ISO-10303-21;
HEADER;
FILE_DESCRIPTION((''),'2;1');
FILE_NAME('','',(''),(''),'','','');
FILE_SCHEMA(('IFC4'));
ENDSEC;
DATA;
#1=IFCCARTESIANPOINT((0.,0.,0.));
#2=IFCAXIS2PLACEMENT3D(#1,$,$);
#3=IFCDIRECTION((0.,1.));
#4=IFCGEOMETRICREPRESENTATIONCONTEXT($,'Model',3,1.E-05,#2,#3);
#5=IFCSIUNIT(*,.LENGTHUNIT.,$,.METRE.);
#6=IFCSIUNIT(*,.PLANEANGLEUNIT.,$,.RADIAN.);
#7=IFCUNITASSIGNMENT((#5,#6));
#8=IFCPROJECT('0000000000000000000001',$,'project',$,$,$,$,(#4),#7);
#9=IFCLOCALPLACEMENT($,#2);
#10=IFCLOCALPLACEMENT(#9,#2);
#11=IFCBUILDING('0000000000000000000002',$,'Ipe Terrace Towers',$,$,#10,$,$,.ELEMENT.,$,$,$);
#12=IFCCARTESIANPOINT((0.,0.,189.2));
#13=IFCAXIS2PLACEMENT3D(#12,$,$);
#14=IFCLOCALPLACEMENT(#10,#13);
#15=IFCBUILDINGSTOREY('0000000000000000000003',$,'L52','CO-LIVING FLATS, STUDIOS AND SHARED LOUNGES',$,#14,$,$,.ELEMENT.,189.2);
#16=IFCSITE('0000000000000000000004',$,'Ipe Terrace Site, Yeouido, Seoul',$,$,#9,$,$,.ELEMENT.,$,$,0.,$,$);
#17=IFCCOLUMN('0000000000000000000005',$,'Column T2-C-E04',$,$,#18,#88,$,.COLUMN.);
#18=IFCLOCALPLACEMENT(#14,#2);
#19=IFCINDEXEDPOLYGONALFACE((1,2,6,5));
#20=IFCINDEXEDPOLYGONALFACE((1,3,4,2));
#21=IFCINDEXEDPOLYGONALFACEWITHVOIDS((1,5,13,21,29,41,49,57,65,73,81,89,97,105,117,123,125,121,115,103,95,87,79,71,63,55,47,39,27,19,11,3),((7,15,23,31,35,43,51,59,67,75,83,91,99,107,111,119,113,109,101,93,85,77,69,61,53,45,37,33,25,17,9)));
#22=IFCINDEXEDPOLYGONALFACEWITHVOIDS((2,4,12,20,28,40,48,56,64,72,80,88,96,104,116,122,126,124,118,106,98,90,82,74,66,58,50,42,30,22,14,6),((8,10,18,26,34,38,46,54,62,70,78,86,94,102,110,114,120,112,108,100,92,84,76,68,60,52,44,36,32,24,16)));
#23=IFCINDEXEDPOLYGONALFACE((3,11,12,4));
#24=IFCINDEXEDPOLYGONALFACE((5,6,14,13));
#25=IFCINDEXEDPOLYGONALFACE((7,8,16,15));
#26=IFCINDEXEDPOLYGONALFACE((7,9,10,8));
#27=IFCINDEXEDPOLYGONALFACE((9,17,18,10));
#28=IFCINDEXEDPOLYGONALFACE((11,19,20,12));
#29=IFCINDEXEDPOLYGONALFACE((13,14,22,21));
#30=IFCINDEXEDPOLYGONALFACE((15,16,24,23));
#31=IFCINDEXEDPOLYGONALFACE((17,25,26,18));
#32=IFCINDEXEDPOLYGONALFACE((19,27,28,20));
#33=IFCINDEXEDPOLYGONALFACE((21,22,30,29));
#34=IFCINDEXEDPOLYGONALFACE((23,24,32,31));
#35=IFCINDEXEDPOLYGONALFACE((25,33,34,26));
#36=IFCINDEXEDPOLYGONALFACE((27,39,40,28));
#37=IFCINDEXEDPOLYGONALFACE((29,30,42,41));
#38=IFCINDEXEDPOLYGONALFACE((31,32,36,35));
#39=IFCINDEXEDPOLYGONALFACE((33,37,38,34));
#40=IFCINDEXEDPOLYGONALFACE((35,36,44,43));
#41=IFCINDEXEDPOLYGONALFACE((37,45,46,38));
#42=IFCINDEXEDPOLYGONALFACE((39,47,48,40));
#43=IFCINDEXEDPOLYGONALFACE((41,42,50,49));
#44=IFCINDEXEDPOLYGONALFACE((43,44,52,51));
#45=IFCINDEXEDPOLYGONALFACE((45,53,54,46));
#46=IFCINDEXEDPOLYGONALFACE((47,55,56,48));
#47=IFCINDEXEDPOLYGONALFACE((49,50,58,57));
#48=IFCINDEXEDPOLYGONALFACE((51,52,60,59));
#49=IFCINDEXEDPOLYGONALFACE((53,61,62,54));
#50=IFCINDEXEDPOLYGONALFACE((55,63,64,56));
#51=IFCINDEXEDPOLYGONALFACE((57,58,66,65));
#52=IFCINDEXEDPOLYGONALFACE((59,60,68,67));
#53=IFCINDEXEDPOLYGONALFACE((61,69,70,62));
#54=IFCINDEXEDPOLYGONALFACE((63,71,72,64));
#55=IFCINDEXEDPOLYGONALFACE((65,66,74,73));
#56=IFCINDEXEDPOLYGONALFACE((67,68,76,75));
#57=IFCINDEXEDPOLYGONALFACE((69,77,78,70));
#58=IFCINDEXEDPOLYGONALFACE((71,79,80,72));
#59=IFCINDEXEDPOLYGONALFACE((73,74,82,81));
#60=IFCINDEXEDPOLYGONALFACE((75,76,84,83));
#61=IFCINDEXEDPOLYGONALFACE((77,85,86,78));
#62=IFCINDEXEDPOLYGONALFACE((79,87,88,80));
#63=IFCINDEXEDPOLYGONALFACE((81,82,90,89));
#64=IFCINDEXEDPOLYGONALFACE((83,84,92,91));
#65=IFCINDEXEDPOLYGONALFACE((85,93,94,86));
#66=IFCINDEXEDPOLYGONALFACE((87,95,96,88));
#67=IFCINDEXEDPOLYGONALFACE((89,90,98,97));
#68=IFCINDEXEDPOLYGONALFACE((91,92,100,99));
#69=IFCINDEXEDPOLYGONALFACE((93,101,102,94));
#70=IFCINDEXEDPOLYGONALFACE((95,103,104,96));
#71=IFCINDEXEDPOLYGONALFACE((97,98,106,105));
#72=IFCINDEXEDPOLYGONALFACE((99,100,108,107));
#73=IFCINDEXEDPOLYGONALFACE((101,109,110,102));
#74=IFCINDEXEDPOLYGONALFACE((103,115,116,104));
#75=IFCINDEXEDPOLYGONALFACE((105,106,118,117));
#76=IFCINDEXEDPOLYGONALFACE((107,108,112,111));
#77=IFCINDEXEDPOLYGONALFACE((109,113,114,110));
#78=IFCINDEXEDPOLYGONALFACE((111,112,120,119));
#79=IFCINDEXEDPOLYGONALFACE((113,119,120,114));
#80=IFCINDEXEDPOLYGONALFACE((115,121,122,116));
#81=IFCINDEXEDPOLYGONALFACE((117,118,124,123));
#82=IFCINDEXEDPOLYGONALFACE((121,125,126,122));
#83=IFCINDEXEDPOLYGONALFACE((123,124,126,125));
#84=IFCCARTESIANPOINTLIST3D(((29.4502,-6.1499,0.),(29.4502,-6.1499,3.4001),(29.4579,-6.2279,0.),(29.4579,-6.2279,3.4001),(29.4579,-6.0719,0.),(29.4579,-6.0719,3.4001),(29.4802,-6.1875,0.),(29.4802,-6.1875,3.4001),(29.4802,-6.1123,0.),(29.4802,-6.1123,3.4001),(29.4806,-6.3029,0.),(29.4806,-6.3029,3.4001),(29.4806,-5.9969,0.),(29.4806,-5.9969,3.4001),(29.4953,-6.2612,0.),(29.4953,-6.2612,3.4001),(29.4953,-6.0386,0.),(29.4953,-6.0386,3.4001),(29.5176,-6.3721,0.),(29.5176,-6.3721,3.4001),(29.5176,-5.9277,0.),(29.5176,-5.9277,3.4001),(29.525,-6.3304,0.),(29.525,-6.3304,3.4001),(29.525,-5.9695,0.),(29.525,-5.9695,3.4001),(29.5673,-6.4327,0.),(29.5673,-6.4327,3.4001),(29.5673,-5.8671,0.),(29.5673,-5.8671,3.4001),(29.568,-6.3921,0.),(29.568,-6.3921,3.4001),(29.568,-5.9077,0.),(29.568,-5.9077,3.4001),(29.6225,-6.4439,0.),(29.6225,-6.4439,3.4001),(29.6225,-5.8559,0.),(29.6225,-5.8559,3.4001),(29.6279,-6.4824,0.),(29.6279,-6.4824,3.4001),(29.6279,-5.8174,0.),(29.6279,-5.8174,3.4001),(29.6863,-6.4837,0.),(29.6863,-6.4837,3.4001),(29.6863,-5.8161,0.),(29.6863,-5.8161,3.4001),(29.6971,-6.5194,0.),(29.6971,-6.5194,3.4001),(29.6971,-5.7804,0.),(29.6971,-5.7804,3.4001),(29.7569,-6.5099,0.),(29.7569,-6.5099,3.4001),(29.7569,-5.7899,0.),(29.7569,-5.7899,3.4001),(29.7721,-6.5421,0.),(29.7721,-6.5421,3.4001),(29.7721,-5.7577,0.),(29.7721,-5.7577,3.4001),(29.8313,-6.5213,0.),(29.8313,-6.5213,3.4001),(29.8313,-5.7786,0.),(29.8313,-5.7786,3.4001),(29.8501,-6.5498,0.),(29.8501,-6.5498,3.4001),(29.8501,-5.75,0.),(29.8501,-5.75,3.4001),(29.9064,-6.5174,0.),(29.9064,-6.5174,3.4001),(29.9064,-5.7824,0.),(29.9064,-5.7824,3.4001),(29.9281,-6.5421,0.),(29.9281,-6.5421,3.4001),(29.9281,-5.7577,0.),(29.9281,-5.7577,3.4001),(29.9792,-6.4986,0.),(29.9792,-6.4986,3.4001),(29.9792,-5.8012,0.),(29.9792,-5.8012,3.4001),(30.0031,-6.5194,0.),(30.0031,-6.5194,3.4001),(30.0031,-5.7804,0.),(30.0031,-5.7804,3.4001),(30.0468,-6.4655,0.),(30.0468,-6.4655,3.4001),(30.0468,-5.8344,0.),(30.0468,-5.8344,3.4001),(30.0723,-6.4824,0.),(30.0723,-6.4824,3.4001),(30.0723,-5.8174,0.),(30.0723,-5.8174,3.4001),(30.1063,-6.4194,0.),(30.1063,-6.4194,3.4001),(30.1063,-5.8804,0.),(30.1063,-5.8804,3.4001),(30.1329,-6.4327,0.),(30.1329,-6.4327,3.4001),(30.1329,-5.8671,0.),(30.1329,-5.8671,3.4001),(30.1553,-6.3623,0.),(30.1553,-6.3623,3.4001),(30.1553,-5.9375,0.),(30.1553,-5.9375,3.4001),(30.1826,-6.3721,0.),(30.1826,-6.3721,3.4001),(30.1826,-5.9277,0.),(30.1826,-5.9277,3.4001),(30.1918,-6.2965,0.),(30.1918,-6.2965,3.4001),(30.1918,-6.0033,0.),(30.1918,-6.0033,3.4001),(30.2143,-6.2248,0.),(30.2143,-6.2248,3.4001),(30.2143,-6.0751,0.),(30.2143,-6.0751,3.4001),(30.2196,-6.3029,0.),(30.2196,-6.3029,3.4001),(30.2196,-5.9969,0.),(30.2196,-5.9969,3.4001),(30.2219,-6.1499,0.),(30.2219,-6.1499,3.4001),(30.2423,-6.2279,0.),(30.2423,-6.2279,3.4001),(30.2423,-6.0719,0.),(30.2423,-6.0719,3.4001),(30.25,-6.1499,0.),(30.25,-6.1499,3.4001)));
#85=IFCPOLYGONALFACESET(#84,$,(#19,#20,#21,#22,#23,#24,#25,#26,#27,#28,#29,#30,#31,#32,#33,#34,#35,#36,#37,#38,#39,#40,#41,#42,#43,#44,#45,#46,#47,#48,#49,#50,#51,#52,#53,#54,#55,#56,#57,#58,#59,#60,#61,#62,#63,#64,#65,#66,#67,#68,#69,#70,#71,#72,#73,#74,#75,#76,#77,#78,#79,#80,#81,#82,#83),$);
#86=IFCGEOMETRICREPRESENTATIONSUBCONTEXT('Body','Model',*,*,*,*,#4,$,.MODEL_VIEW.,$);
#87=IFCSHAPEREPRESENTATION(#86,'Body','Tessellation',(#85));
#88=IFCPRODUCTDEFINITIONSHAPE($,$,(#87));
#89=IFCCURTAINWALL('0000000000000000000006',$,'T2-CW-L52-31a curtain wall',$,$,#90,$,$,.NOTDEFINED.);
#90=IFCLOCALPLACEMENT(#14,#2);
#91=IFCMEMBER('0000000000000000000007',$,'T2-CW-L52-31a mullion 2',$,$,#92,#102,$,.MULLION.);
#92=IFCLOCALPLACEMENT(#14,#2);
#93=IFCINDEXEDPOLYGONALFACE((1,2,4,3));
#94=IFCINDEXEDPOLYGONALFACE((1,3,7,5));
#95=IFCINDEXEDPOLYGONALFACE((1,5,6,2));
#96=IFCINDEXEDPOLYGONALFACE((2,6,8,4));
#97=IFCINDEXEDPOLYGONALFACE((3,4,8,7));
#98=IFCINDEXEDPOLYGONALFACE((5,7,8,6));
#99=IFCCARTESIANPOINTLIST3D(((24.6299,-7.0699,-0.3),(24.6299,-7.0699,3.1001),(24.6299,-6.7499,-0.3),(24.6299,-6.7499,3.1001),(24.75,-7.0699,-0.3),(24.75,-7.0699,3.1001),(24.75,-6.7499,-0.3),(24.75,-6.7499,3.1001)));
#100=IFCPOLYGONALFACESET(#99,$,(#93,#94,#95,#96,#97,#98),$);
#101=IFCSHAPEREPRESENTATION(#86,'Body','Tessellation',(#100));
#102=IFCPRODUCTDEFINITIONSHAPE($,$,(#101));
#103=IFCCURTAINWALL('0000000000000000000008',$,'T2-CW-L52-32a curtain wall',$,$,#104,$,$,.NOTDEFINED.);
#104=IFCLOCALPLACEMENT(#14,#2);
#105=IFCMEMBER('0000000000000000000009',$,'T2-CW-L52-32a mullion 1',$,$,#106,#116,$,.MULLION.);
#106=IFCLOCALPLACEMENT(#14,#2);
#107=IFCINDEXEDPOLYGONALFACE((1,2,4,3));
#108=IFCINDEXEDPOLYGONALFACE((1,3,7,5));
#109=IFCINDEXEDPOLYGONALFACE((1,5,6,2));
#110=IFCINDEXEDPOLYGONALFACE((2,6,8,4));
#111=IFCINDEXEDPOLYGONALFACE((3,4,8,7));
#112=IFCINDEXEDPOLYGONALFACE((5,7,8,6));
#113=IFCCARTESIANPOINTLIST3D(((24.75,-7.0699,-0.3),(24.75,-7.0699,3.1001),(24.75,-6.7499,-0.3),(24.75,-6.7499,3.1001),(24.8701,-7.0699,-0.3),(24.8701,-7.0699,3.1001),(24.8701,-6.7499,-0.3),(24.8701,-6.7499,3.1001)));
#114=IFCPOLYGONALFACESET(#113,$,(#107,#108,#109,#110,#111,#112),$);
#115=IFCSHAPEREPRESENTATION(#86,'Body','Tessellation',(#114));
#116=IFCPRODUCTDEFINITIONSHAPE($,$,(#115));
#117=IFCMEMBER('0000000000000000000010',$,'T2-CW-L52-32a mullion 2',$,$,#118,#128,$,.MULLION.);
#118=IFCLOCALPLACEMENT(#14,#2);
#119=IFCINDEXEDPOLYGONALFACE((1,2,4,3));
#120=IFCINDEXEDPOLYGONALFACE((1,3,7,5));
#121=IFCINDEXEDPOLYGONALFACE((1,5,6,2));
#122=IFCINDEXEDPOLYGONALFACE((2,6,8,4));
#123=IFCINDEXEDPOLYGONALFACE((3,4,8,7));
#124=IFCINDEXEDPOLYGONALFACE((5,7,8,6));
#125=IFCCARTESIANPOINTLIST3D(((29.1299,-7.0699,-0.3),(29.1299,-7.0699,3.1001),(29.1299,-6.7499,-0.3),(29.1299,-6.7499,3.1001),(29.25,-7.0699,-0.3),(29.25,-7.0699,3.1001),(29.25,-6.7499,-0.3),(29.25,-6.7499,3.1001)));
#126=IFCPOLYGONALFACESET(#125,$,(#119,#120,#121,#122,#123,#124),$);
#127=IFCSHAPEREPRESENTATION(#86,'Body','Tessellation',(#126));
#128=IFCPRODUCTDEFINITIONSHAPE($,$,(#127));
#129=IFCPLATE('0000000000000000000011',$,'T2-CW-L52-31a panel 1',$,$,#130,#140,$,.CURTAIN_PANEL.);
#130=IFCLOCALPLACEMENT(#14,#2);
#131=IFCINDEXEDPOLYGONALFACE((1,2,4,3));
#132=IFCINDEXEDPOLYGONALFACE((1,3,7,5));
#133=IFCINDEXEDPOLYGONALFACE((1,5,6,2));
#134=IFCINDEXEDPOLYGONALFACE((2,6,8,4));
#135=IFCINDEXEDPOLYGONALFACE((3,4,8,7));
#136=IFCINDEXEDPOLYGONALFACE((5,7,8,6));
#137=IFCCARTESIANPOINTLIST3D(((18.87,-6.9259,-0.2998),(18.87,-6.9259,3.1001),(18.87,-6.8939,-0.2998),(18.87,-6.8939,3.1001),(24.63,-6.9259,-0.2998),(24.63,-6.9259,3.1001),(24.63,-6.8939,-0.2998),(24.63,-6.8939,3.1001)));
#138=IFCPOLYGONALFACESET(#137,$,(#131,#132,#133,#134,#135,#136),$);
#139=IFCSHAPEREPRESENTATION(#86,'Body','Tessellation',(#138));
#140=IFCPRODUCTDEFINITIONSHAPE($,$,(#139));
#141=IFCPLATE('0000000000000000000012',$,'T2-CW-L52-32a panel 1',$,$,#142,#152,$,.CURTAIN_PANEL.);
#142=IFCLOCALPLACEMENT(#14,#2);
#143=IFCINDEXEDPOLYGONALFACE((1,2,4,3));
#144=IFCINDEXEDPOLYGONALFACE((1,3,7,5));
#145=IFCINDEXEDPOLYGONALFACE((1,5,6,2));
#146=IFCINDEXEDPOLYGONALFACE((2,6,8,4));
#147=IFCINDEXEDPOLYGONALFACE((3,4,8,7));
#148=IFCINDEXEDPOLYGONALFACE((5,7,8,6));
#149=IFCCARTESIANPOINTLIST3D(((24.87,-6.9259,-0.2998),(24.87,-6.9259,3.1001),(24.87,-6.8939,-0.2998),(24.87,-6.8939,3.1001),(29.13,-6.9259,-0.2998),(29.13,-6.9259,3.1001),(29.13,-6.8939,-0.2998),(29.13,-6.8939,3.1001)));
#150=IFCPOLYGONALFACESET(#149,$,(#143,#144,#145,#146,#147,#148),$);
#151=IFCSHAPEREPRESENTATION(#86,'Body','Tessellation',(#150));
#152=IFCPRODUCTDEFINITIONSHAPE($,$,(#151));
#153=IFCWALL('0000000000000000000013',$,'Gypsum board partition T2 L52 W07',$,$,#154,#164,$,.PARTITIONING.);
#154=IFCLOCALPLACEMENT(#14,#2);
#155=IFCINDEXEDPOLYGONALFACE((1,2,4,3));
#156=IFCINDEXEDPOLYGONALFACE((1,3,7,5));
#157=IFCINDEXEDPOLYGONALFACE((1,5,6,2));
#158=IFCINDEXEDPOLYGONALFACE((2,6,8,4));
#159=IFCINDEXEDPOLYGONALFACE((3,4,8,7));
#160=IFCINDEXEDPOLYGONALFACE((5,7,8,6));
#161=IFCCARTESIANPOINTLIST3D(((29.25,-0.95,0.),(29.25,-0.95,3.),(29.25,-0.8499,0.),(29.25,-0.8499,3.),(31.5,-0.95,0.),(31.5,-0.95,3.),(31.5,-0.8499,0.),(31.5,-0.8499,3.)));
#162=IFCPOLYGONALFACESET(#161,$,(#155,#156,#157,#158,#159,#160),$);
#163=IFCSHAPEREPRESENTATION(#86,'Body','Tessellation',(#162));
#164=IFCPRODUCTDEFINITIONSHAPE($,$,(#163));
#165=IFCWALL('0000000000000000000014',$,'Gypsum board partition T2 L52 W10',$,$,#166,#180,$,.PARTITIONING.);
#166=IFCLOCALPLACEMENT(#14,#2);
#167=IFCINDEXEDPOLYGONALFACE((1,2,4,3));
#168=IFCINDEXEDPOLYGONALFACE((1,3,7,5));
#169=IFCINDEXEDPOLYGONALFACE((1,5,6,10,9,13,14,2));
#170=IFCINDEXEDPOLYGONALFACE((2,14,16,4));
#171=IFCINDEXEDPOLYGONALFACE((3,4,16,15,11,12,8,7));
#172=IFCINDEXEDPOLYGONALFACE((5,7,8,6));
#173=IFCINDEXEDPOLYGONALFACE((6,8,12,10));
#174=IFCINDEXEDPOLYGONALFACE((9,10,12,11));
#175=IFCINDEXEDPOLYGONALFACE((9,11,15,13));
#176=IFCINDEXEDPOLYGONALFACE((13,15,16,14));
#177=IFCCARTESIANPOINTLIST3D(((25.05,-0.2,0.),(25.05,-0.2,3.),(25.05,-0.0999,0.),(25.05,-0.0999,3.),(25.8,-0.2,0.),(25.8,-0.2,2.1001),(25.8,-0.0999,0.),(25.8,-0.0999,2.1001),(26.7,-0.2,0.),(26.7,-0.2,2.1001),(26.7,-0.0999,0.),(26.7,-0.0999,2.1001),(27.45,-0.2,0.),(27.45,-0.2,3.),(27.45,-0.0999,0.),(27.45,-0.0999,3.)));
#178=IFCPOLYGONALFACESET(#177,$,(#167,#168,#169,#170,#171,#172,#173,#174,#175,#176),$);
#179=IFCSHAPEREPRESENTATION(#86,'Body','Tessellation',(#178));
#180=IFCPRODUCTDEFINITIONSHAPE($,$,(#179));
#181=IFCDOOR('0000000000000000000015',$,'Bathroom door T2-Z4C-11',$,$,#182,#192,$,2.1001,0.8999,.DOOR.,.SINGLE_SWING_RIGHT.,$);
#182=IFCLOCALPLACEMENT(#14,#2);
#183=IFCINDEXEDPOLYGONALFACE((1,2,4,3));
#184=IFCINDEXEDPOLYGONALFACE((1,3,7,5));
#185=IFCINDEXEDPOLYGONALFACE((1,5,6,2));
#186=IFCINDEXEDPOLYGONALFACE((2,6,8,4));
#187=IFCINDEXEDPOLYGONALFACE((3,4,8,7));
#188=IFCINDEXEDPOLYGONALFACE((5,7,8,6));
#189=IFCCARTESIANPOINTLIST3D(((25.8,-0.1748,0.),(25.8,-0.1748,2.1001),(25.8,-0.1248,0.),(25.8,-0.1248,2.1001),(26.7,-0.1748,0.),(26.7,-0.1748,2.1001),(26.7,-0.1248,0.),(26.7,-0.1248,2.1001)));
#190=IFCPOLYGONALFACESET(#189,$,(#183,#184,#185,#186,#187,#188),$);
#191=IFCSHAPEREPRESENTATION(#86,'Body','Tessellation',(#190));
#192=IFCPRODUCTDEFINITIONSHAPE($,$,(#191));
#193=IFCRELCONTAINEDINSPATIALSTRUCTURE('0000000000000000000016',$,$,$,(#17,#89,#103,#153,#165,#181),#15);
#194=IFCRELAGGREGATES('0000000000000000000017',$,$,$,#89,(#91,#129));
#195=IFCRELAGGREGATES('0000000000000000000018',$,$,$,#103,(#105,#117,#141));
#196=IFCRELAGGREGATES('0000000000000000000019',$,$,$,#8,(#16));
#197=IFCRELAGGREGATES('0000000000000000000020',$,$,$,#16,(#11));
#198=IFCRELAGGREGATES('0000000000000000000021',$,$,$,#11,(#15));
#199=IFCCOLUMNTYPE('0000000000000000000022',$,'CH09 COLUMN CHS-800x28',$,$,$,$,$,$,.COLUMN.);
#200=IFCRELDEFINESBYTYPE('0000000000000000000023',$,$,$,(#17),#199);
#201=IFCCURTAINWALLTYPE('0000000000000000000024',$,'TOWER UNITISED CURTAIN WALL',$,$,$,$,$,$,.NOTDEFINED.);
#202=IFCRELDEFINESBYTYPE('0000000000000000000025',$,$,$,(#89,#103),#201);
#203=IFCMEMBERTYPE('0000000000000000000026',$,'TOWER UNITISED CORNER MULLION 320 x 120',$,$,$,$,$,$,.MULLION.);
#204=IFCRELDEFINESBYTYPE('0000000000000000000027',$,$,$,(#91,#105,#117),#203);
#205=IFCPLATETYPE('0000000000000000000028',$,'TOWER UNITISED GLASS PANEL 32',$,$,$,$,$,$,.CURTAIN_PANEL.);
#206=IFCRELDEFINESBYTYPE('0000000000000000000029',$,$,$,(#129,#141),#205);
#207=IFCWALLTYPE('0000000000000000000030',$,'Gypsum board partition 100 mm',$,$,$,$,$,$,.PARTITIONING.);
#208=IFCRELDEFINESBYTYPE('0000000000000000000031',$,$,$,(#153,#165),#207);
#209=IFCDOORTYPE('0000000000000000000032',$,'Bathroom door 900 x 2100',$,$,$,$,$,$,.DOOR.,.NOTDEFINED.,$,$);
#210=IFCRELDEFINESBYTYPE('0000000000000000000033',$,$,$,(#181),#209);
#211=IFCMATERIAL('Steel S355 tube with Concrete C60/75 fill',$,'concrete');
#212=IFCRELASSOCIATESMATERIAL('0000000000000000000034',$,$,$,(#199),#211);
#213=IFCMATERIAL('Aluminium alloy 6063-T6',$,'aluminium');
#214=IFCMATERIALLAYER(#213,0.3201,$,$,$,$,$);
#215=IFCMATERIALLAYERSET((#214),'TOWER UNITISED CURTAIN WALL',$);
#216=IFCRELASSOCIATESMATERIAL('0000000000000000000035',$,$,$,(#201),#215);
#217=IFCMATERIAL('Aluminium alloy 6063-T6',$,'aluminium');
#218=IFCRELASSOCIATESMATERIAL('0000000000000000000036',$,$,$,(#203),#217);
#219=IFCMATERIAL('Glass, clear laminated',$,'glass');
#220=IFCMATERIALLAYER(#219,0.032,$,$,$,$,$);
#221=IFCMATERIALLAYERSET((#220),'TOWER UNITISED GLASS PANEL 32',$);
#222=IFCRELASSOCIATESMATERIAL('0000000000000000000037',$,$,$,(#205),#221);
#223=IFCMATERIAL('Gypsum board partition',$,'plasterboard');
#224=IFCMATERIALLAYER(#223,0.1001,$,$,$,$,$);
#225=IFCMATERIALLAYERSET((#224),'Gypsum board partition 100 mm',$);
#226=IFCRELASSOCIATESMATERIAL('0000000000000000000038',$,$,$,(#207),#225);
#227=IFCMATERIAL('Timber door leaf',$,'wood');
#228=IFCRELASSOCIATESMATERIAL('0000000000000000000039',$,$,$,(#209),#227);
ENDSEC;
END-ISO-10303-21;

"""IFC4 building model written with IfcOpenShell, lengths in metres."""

from ifc_helpers import new_model, si_unit, direction, frame, frame_2d, origin, origin_2d, place, context, subcontext, project, spatial, rectangle, hollow_circle, extrude, material, layer, layer_set, material_profile, profile_set, type_object, element, fill, aggregate, save


model = new_model("IFC4")

# Units and contexts
model_context = context("Model", 3, precision=1e-05, world=origin(), true_north=direction((0.0, 1.0)))
body_context = subcontext(model_context, "Body", "Model", "MODEL_VIEW")
ifc_project = project(units=[si_unit("LENGTHUNIT", "METRE"), si_unit("PLANEANGLEUNIT", "RADIAN")], contexts=[model_context])

# Site, building, storey
site_placement = place(None, origin())
site = spatial("IfcSite", under=ifc_project, at=site_placement, Name="Ipe Terrace Site, Yeouido, Seoul", CompositionType="ELEMENT", RefElevation=0.0)
building_placement = place(site_placement, origin())
building = spatial("IfcBuilding", under=site, at=building_placement, Name="Ipe Terrace Towers", CompositionType="ELEMENT")
storey_placement = place(building_placement, frame((0.0, 0.0, 189.2)))
storey = spatial("IfcBuildingStorey", under=building, at=storey_placement, Name="L52", Description="CO-LIVING FLATS, STUDIOS AND SHARED LOUNGES", CompositionType="ELEMENT", Elevation=189.2)

# Column
ifc_material_1 = material(Name="Steel S355 tube with Concrete C60/75 fill", Category="concrete")
ifc_material_profile_1 = material_profile(ifc_material_1, hollow_circle(Radius=0.3999, WallThickness=0.0281, at=origin_2d()), Name="CHS-800x28")
ifc_profile_set_1 = profile_set([ifc_material_profile_1], Name="Steel S355 tube with Concrete C60/75 fill")
column_type = type_object("IfcColumnType", Name="CH09 COLUMN CHS-800x28", PredefinedType="COLUMN", material=ifc_profile_set_1)
column_placement = place(storey_placement, frame((29.8501, -6.1499, 0.0), z_axis=(0.0, 0.0, 1.0), x_axis=(1.0, 0.0, 0.0)))
element("IfcColumn", 1, at=column_placement, inside=storey, type_object=column_type, Name="Column T2-C-E04", PredefinedType="COLUMN", context=body_context, shape_type="SweptSolid", body=[
    extrude(hollow_circle(Radius=0.3999, WallThickness=0.0281, at=origin_2d()), origin(), (0.0, 0.0, 1.0), 3.4001),
])

# Curtain wall, member
ifc_material_2 = material(Name="Aluminium alloy 6063-T6", Category="aluminium")
ifc_layer_1 = layer(ifc_material_2, 0.3201)
ifc_layer_set_1 = layer_set([ifc_layer_1], Name="TOWER UNITISED CURTAIN WALL")
curtain_wall_type = type_object("IfcCurtainWallType", Name="TOWER UNITISED CURTAIN WALL", PredefinedType="NOTDEFINED", material=ifc_layer_set_1)
curtain_wall_1_placement = place(storey_placement, origin())
curtain_wall_1 = element("IfcCurtainWall", 2, at=curtain_wall_1_placement, inside=storey, type_object=curtain_wall_type, Name="T2-CW-L52-31a curtain wall", PredefinedType="NOTDEFINED")
ifc_material_3 = material(Name="Aluminium alloy 6063-T6", Category="aluminium")
ifc_material_profile_2 = material_profile(ifc_material_3, rectangle(XDim=0.3201, YDim=0.1201, at=origin_2d()), Name="TOWER UNITISED CORNER MULLION 320 x 120")
ifc_profile_set_2 = profile_set([ifc_material_profile_2], Name="Aluminium alloy 6063-T6")
member_type = type_object("IfcMemberType", Name="TOWER UNITISED CORNER MULLION 320 x 120", PredefinedType="MULLION", material=ifc_profile_set_2)
member_1_placement = place(storey_placement, frame((24.6899, -6.9099, -0.3), z_axis=(0.0, 0.0, 1.0), x_axis=(0.0, -1.0, 0.0)))
member_1 = element("IfcMember", 3, at=member_1_placement, type_object=member_type, Name="T2-CW-L52-31a mullion 2", PredefinedType="MULLION", context=body_context, shape_type="SweptSolid", body=[
    extrude(rectangle(XDim=0.3201, YDim=0.1201, at=origin_2d()), origin(), (0.0, 0.0, 1.0), 3.4001),
])

# Curtain wall, members
curtain_wall_2_placement = place(storey_placement, origin())
curtain_wall_2 = element("IfcCurtainWall", 4, at=curtain_wall_2_placement, inside=storey, type_object=curtain_wall_type, Name="T2-CW-L52-32a curtain wall", PredefinedType="NOTDEFINED")
member_2_placement = place(storey_placement, frame((24.8101, -6.9099, -0.3), z_axis=(0.0, 0.0, 1.0), x_axis=(0.0, -1.0, 0.0)))
member_2 = element("IfcMember", 5, at=member_2_placement, type_object=member_type, Name="T2-CW-L52-32a mullion 1", PredefinedType="MULLION", context=body_context, shape_type="SweptSolid", body=[
    extrude(rectangle(XDim=0.3201, YDim=0.1201, at=origin_2d()), origin(), (0.0, 0.0, 1.0), 3.4001),
])
member_3_placement = place(storey_placement, frame((29.1899, -6.9099, -0.3), z_axis=(0.0, 0.0, 1.0), x_axis=(0.0, -1.0, 0.0)))
member_3 = element("IfcMember", 6, at=member_3_placement, type_object=member_type, Name="T2-CW-L52-32a mullion 2", PredefinedType="MULLION", context=body_context, shape_type="SweptSolid", body=[
    extrude(rectangle(XDim=0.3201, YDim=0.1201, at=origin_2d()), origin(), (0.0, 0.0, 1.0), 3.4001),
])

# Plates
ifc_material_4 = material(Name="Glass, clear laminated", Category="glass")
ifc_layer_2 = layer(ifc_material_4, 0.032)
ifc_layer_set_2 = layer_set([ifc_layer_2], Name="TOWER UNITISED GLASS PANEL 32")
plate_type = type_object("IfcPlateType", Name="TOWER UNITISED GLASS PANEL 32", PredefinedType="CURTAIN_PANEL", material=ifc_layer_set_2)
plate_1_placement = place(storey_placement, frame((21.75, -6.9099, -0.2998), z_axis=(0.0, 0.0, 1.0), x_axis=(1.0, 0.0, 0.0)))
plate_1 = element("IfcPlate", 7, at=plate_1_placement, type_object=plate_type, Name="T2-CW-L52-31a panel 1", PredefinedType="CURTAIN_PANEL", context=body_context, shape_type="SweptSolid", body=[
    extrude(rectangle(XDim=5.76, YDim=0.032, at=origin_2d()), origin(), (0.0, 0.0, 1.0), 3.3999),
])
aggregate(curtain_wall_1, [member_1, plate_1])
plate_2_placement = place(storey_placement, frame((27.0, -6.9099, -0.2998), z_axis=(0.0, 0.0, 1.0), x_axis=(1.0, 0.0, 0.0)))
plate_2 = element("IfcPlate", 8, at=plate_2_placement, type_object=plate_type, Name="T2-CW-L52-32a panel 1", PredefinedType="CURTAIN_PANEL", context=body_context, shape_type="SweptSolid", body=[
    extrude(rectangle(XDim=4.26, YDim=0.032, at=origin_2d()), origin(), (0.0, 0.0, 1.0), 3.3999),
])
aggregate(curtain_wall_2, [member_2, member_3, plate_2])

# Wall
ifc_material_5 = material(Name="Gypsum board partition", Category="plasterboard")
ifc_layer_3 = layer(ifc_material_5, 0.1001)
ifc_layer_set_3 = layer_set([ifc_layer_3], Name="Gypsum board partition 100 mm")
wall_type_1 = type_object("IfcWallType", Name="Gypsum board partition 100 mm", PredefinedType="PARTITIONING", material=ifc_layer_set_3)
wall_1_placement = place(storey_placement, frame((31.5, -0.8999, 0.0), z_axis=(0.0, 0.0, 1.0), x_axis=(-1.0, 0.0, 0.0)))
element("IfcWall", 9, at=wall_1_placement, inside=storey, type_object=wall_type_1, Name="Gypsum board partition T2 L52 W07", PredefinedType="PARTITIONING", context=body_context, shape_type="SweptSolid", body=[
    extrude(rectangle(XDim=2.25, YDim=0.1001, at=frame_2d((1.125, 0.0))), origin(), (0.0, 0.0, 1.0), 3.0),
])

# Wall, opening, door
wall_2_placement = place(storey_placement, frame((27.45, -0.1499, 0.0), z_axis=(0.0, 0.0, 1.0), x_axis=(-1.0, 0.0, 0.0)))
wall_2 = element("IfcWall", 10, at=wall_2_placement, inside=storey, type_object=wall_type_1, Name="Gypsum board partition T2 L52 W10", PredefinedType="PARTITIONING", context=body_context, shape_type="SweptSolid", body=[
    extrude(rectangle(XDim=2.3999, YDim=0.1001, at=frame_2d((1.2, 0.0))), origin(), (0.0, 0.0, 1.0), 3.0),
])
opening_1_placement = place(wall_2_placement, frame((0.75, 0.0, 0.0)))
opening_1 = element("IfcOpeningElement", 11, at=opening_1_placement, cuts=wall_2, PredefinedType="OPENING", context=body_context, shape_type="SweptSolid", body=[
    extrude(rectangle(XDim=0.8999, YDim=2.1001, at=frame_2d((0.45, 1.05))), frame((0.0, 0.0601, 0.0), z_axis=(0.0, -1.0, 0.0), x_axis=(1.0, 0.0, 0.0)), (0.0, 0.0, 1.0), 0.1201),
])
ifc_material_6 = material(Name="Timber door leaf", Category="wood")
door_type_1 = type_object("IfcDoorType", Name="Bathroom door 900 x 2100", OperationType="NOTDEFINED", PredefinedType="DOOR", material=ifc_material_6)
door_1_placement = place(opening_1_placement, origin())
door_1 = element("IfcDoor", 12, at=door_1_placement, inside=storey, type_object=door_type_1, Name="Bathroom door T2-Z4C-11", OperationType="SINGLE_SWING_RIGHT", OverallHeight=2.1001, OverallWidth=0.8999, PredefinedType="DOOR", context=body_context, shape_type="SweptSolid", body=[
    extrude(rectangle(XDim=0.8999, YDim=2.1001, at=frame_2d((0.45, 1.05))), frame((0.0, 0.0249, 0.0), z_axis=(0.0, -1.0, 0.0), x_axis=(1.0, 0.0, 0.0)), (0.0, 0.0, 1.0), 0.05),
])
fill(opening_1, door_1)

save(model, "model.ifc")
